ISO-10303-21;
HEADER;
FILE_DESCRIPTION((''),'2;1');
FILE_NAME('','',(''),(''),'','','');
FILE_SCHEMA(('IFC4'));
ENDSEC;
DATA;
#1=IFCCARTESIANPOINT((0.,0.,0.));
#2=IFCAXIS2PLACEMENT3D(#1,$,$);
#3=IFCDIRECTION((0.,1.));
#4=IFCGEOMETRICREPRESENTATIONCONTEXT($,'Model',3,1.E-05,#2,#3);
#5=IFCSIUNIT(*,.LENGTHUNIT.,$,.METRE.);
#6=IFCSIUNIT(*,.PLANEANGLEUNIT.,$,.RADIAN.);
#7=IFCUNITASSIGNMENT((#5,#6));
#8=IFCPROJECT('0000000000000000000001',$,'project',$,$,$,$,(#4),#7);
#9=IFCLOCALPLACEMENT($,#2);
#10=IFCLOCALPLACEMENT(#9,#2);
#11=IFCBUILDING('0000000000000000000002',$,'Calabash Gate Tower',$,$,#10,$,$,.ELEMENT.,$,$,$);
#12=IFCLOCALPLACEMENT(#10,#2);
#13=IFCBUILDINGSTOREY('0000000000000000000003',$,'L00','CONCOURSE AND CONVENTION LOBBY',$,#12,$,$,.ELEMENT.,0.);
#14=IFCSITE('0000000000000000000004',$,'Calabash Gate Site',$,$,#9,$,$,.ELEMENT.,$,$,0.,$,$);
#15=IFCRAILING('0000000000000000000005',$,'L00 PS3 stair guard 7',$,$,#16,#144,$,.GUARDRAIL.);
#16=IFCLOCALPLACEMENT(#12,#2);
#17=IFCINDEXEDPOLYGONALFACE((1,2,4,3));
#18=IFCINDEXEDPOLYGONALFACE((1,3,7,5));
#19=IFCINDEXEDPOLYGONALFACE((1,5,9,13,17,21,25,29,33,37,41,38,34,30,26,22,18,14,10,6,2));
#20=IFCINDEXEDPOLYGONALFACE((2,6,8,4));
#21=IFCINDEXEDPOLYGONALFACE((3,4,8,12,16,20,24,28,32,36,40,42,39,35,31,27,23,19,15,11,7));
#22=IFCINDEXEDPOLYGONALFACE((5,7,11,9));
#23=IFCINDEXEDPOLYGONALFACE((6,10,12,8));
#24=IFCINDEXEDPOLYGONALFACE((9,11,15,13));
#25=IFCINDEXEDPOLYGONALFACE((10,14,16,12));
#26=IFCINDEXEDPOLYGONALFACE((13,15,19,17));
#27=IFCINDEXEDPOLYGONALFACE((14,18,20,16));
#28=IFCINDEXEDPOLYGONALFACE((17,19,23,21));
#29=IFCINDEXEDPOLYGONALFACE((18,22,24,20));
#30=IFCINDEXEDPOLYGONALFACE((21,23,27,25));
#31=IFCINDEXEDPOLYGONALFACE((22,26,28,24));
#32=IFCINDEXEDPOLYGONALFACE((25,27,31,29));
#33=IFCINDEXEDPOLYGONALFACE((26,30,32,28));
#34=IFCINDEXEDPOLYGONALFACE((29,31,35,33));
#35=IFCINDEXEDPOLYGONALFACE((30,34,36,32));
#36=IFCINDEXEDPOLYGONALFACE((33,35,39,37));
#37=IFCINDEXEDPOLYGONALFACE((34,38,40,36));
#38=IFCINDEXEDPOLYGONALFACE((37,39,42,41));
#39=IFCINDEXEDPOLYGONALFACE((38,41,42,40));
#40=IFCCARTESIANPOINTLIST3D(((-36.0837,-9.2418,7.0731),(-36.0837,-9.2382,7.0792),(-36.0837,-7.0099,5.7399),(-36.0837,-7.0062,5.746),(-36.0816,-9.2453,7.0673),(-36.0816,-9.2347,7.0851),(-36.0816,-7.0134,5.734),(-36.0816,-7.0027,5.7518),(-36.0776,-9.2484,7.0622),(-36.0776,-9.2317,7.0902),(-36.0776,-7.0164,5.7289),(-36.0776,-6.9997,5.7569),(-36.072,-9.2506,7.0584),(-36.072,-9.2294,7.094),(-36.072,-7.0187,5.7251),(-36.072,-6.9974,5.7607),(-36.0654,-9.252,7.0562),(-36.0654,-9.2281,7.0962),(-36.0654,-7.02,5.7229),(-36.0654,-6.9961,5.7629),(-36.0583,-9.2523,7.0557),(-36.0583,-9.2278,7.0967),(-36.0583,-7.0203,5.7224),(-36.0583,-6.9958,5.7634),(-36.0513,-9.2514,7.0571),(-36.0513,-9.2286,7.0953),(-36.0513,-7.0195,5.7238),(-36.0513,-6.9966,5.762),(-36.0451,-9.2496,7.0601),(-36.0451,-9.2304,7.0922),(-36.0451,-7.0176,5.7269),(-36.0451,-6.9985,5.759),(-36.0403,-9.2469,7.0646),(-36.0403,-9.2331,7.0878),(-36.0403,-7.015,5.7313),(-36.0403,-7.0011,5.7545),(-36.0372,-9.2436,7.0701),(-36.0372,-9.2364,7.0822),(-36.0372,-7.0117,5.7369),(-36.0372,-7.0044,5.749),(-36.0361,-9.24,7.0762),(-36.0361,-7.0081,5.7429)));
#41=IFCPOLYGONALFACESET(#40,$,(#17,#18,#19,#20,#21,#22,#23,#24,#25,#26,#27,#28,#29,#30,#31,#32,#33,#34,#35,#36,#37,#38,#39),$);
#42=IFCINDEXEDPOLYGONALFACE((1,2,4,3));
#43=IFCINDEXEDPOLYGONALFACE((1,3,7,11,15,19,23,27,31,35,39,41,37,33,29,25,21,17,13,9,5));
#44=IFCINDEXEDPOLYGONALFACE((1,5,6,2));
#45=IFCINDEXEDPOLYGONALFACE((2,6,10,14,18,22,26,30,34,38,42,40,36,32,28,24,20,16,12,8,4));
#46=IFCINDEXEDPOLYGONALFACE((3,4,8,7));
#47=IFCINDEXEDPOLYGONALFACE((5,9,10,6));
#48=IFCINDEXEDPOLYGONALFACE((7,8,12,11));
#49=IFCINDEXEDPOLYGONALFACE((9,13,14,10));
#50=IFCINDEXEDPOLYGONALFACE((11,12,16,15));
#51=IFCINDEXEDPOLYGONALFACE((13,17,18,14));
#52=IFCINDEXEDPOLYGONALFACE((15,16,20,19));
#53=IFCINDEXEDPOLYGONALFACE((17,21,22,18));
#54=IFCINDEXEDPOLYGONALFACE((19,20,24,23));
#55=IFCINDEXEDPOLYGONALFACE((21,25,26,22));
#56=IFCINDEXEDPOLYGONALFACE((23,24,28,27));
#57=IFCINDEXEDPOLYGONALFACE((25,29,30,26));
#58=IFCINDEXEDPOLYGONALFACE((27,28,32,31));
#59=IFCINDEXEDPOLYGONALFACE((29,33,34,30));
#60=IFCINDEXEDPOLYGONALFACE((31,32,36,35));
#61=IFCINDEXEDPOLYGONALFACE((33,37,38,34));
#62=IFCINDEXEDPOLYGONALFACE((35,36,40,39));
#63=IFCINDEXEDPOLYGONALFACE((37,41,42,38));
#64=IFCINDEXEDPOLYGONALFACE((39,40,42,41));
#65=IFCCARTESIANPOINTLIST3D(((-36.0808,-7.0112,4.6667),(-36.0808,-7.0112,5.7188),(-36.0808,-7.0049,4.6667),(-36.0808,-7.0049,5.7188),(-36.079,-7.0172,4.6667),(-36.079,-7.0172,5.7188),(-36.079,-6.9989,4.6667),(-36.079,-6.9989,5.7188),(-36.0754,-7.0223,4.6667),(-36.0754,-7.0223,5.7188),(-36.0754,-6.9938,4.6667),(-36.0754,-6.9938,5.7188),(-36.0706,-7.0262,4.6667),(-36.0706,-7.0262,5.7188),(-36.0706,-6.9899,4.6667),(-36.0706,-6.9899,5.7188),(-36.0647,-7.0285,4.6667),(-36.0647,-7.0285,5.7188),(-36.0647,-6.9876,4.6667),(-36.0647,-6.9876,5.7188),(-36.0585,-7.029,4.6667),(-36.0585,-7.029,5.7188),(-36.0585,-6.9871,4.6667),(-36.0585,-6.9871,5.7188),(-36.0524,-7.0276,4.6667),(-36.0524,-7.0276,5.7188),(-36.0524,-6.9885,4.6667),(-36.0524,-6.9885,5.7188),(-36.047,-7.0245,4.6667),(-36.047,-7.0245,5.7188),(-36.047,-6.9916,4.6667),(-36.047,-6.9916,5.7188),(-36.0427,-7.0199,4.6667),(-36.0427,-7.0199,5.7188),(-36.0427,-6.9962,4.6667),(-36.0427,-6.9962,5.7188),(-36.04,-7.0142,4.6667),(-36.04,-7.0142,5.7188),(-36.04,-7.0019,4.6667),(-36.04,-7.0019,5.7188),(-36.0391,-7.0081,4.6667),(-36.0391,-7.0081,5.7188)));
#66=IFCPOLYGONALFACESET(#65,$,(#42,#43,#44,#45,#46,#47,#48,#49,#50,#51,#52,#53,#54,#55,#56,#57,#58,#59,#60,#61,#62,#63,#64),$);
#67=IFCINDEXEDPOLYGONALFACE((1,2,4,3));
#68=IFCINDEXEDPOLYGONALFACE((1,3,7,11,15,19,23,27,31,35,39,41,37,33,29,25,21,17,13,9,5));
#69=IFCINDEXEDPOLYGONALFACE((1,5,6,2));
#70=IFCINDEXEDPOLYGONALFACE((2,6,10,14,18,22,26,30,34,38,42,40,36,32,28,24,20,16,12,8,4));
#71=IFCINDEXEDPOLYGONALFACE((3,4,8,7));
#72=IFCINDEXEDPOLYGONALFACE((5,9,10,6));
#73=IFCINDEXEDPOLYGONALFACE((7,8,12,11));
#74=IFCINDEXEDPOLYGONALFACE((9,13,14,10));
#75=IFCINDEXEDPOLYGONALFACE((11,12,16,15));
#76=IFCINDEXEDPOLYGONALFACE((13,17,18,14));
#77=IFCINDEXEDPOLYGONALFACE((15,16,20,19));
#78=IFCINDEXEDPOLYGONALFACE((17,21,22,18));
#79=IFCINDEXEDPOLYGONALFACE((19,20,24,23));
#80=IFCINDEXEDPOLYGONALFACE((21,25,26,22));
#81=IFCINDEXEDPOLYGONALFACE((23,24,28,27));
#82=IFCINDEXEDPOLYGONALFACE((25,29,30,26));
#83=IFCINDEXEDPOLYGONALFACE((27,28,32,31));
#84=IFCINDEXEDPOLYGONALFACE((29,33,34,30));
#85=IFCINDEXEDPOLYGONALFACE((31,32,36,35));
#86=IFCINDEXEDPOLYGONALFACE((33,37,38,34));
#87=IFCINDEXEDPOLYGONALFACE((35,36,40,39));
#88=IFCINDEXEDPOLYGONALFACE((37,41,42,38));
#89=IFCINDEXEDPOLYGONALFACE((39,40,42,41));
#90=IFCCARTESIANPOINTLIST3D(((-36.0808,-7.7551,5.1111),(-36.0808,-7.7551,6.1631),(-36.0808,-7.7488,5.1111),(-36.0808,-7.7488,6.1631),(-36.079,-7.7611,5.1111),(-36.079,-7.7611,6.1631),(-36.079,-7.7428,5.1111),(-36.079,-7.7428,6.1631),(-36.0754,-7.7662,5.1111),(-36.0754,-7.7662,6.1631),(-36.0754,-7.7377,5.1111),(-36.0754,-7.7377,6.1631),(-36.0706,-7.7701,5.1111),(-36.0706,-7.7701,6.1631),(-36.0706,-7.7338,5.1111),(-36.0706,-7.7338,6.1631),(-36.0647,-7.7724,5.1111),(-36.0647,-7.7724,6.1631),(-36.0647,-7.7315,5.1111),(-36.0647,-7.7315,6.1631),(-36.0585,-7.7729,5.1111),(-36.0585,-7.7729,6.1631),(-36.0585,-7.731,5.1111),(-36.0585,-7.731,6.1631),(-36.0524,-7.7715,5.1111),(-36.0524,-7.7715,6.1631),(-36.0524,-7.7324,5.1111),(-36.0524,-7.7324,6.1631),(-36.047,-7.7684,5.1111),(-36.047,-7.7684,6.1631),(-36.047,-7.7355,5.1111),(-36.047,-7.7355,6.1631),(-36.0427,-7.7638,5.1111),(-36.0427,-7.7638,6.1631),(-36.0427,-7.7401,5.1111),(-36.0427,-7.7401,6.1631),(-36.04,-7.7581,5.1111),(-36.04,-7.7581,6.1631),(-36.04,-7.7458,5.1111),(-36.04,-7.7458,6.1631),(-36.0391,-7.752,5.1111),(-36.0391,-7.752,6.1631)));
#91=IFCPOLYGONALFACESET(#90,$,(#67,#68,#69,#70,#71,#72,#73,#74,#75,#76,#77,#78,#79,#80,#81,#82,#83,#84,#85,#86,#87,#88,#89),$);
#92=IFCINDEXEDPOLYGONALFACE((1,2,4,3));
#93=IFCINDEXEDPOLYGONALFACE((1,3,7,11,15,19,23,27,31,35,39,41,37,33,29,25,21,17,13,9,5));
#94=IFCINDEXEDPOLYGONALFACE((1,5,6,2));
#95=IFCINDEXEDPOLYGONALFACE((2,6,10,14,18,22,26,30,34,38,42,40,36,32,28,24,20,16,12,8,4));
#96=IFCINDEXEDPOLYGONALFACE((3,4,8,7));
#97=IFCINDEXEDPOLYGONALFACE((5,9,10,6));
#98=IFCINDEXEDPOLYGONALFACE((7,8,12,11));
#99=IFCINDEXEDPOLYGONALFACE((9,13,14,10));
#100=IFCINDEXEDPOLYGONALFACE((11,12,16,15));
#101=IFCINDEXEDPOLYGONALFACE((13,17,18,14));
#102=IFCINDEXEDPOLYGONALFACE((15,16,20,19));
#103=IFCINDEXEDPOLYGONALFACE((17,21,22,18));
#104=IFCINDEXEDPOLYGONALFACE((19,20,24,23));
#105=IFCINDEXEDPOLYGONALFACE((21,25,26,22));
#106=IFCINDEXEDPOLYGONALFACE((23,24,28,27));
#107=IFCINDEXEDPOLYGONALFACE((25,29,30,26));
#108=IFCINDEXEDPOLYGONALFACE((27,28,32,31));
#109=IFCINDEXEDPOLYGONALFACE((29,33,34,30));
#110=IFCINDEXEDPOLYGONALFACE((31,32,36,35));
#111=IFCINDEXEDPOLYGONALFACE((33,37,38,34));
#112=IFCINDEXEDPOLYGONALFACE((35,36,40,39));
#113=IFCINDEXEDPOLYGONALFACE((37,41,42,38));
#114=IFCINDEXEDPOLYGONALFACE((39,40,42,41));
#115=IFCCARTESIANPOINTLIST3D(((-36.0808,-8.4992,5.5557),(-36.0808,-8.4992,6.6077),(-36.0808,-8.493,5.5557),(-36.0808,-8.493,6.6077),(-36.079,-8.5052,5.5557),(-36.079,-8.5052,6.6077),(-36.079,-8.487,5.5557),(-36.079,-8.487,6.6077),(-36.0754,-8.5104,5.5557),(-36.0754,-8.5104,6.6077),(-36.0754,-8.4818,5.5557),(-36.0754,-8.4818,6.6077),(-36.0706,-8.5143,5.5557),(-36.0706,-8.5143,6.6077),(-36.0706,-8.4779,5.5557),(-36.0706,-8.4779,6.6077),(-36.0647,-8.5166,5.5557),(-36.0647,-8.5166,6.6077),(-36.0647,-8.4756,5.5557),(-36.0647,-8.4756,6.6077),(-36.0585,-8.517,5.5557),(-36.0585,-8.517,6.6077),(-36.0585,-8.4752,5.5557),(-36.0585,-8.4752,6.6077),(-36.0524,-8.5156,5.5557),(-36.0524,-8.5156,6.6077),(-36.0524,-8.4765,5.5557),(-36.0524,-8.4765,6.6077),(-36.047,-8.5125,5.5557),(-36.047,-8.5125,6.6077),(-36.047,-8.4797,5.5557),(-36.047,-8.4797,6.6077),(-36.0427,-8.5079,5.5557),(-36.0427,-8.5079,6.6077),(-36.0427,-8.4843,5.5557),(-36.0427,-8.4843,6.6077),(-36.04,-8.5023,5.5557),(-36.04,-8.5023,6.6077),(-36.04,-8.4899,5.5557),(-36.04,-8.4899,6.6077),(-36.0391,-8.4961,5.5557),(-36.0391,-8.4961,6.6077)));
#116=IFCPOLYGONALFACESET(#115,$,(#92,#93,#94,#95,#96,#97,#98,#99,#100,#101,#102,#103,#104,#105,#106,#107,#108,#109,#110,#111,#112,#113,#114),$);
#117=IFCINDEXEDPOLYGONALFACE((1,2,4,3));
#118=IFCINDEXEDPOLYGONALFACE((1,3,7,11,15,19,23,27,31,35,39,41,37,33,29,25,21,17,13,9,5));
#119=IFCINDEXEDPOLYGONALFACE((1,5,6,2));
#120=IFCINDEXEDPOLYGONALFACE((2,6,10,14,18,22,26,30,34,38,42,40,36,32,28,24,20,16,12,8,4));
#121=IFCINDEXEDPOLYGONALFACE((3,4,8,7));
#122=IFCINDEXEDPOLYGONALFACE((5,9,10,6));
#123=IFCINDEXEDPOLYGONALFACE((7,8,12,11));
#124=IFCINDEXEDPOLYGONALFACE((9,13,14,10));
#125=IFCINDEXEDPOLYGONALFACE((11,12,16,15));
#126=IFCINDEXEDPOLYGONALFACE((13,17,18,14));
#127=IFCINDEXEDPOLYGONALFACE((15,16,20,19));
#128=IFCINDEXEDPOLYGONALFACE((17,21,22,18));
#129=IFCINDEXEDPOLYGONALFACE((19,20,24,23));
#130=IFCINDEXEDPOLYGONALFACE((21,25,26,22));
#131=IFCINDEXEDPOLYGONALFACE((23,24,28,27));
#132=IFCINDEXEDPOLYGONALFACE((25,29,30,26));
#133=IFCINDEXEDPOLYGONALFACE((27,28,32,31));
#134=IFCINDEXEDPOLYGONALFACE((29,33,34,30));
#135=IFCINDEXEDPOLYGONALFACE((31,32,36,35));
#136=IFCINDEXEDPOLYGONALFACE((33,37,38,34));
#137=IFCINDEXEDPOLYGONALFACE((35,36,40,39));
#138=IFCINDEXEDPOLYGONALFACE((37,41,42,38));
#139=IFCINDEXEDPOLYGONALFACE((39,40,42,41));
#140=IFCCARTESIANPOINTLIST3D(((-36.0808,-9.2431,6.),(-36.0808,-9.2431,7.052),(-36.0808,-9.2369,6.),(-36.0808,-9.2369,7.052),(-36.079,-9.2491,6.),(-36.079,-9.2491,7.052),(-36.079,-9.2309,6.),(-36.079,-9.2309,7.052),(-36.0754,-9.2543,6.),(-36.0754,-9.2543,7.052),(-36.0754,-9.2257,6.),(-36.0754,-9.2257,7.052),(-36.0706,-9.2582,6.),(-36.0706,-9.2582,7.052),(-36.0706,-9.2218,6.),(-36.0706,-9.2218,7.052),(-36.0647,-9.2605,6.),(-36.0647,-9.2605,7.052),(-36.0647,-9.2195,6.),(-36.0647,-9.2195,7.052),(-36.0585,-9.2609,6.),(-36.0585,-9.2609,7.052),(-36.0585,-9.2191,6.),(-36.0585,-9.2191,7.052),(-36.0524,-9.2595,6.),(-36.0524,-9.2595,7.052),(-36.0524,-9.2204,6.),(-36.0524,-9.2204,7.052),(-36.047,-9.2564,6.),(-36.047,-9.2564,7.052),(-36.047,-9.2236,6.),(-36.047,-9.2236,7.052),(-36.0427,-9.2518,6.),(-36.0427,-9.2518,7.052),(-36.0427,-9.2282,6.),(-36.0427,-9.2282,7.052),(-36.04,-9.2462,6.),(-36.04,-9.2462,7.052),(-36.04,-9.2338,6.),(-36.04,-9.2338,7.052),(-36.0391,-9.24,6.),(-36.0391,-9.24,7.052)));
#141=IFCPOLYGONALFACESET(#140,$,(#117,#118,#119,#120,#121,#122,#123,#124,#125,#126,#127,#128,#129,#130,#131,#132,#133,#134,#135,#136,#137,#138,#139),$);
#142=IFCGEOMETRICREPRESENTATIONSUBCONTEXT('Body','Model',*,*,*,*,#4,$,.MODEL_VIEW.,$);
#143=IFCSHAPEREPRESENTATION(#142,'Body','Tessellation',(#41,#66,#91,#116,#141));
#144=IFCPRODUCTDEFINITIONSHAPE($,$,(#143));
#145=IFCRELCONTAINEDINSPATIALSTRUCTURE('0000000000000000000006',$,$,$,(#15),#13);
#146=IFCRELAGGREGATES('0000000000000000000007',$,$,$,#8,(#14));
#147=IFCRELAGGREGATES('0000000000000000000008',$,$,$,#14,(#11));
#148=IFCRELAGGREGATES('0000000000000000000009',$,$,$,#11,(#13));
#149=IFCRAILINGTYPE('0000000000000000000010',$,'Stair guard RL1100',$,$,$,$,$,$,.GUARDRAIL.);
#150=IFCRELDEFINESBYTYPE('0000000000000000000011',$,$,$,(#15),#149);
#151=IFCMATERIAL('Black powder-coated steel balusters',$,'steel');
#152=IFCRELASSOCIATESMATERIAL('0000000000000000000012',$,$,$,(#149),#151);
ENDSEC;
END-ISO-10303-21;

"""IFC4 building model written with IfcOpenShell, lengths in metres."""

from ifc_helpers import new_model, si_unit, direction, frame, origin, origin_2d, place, context, subcontext, project, spatial, circle, extrude, material, type_object, element, save


model = new_model("IFC4")

# Units and contexts
model_context = context("Model", 3, precision=1e-05, world=origin(), true_north=direction((0.0, 1.0)))
body_context = subcontext(model_context, "Body", "Model", "MODEL_VIEW")
ifc_project = project(units=[si_unit("LENGTHUNIT", "METRE"), si_unit("PLANEANGLEUNIT", "RADIAN")], contexts=[model_context])

# Site, building, storey
site_placement = place(None, origin())
site = spatial("IfcSite", under=ifc_project, at=site_placement, Name="Calabash Gate Site", CompositionType="ELEMENT", RefElevation=0.0)
building_placement = place(site_placement, origin())
building = spatial("IfcBuilding", under=site, at=building_placement, Name="Calabash Gate Tower", CompositionType="ELEMENT")
storey_placement = place(building_placement, origin())
storey = spatial("IfcBuildingStorey", under=building, at=storey_placement, Name="L00", Description="CONCOURSE AND CONVENTION LOBBY", CompositionType="ELEMENT", Elevation=0.0)

# Railing
ifc_material_1 = material(Name="Black powder-coated steel balusters", Category="steel")
railing_type_1 = type_object("IfcRailingType", Name="Stair guard RL1100", PredefinedType="GUARDRAIL", material=ifc_material_1)
railing_1_placement = place(storey_placement, frame((-36.0601, -7.0081, 4.6667)))
element("IfcRailing", 1, at=railing_1_placement, inside=storey, type_object=railing_type_1, Name="L00 PS3 stair guard 7", PredefinedType="GUARDRAIL", context=body_context, shape_type="SweptSolid", body=[
    extrude(circle(Radius=0.0239, at=origin_2d()), frame((0.0, 0.0, 1.0762), z_axis=(0.0, -0.858494, 0.512824), x_axis=(1.0, 0.0, 0.0)), (0.0, 0.0, 1.0), 2.5999),
    extrude(circle(Radius=0.021, at=origin_2d()), origin(), (0.0, 0.0, 1.0), 1.052),
    extrude(circle(Radius=0.021, at=origin_2d()), frame((0.0, -0.7439, 0.4443)), (0.0, 0.0, 1.0), 1.052),
    extrude(circle(Radius=0.021, at=origin_2d()), frame((0.0, -1.488, 0.8889)), (0.0, 0.0, 1.0), 1.052),
    extrude(circle(Radius=0.021, at=origin_2d()), frame((0.0, -2.2319, 1.3333)), (0.0, 0.0, 1.0), 1.052),
])

save(model, "model.ifc")
